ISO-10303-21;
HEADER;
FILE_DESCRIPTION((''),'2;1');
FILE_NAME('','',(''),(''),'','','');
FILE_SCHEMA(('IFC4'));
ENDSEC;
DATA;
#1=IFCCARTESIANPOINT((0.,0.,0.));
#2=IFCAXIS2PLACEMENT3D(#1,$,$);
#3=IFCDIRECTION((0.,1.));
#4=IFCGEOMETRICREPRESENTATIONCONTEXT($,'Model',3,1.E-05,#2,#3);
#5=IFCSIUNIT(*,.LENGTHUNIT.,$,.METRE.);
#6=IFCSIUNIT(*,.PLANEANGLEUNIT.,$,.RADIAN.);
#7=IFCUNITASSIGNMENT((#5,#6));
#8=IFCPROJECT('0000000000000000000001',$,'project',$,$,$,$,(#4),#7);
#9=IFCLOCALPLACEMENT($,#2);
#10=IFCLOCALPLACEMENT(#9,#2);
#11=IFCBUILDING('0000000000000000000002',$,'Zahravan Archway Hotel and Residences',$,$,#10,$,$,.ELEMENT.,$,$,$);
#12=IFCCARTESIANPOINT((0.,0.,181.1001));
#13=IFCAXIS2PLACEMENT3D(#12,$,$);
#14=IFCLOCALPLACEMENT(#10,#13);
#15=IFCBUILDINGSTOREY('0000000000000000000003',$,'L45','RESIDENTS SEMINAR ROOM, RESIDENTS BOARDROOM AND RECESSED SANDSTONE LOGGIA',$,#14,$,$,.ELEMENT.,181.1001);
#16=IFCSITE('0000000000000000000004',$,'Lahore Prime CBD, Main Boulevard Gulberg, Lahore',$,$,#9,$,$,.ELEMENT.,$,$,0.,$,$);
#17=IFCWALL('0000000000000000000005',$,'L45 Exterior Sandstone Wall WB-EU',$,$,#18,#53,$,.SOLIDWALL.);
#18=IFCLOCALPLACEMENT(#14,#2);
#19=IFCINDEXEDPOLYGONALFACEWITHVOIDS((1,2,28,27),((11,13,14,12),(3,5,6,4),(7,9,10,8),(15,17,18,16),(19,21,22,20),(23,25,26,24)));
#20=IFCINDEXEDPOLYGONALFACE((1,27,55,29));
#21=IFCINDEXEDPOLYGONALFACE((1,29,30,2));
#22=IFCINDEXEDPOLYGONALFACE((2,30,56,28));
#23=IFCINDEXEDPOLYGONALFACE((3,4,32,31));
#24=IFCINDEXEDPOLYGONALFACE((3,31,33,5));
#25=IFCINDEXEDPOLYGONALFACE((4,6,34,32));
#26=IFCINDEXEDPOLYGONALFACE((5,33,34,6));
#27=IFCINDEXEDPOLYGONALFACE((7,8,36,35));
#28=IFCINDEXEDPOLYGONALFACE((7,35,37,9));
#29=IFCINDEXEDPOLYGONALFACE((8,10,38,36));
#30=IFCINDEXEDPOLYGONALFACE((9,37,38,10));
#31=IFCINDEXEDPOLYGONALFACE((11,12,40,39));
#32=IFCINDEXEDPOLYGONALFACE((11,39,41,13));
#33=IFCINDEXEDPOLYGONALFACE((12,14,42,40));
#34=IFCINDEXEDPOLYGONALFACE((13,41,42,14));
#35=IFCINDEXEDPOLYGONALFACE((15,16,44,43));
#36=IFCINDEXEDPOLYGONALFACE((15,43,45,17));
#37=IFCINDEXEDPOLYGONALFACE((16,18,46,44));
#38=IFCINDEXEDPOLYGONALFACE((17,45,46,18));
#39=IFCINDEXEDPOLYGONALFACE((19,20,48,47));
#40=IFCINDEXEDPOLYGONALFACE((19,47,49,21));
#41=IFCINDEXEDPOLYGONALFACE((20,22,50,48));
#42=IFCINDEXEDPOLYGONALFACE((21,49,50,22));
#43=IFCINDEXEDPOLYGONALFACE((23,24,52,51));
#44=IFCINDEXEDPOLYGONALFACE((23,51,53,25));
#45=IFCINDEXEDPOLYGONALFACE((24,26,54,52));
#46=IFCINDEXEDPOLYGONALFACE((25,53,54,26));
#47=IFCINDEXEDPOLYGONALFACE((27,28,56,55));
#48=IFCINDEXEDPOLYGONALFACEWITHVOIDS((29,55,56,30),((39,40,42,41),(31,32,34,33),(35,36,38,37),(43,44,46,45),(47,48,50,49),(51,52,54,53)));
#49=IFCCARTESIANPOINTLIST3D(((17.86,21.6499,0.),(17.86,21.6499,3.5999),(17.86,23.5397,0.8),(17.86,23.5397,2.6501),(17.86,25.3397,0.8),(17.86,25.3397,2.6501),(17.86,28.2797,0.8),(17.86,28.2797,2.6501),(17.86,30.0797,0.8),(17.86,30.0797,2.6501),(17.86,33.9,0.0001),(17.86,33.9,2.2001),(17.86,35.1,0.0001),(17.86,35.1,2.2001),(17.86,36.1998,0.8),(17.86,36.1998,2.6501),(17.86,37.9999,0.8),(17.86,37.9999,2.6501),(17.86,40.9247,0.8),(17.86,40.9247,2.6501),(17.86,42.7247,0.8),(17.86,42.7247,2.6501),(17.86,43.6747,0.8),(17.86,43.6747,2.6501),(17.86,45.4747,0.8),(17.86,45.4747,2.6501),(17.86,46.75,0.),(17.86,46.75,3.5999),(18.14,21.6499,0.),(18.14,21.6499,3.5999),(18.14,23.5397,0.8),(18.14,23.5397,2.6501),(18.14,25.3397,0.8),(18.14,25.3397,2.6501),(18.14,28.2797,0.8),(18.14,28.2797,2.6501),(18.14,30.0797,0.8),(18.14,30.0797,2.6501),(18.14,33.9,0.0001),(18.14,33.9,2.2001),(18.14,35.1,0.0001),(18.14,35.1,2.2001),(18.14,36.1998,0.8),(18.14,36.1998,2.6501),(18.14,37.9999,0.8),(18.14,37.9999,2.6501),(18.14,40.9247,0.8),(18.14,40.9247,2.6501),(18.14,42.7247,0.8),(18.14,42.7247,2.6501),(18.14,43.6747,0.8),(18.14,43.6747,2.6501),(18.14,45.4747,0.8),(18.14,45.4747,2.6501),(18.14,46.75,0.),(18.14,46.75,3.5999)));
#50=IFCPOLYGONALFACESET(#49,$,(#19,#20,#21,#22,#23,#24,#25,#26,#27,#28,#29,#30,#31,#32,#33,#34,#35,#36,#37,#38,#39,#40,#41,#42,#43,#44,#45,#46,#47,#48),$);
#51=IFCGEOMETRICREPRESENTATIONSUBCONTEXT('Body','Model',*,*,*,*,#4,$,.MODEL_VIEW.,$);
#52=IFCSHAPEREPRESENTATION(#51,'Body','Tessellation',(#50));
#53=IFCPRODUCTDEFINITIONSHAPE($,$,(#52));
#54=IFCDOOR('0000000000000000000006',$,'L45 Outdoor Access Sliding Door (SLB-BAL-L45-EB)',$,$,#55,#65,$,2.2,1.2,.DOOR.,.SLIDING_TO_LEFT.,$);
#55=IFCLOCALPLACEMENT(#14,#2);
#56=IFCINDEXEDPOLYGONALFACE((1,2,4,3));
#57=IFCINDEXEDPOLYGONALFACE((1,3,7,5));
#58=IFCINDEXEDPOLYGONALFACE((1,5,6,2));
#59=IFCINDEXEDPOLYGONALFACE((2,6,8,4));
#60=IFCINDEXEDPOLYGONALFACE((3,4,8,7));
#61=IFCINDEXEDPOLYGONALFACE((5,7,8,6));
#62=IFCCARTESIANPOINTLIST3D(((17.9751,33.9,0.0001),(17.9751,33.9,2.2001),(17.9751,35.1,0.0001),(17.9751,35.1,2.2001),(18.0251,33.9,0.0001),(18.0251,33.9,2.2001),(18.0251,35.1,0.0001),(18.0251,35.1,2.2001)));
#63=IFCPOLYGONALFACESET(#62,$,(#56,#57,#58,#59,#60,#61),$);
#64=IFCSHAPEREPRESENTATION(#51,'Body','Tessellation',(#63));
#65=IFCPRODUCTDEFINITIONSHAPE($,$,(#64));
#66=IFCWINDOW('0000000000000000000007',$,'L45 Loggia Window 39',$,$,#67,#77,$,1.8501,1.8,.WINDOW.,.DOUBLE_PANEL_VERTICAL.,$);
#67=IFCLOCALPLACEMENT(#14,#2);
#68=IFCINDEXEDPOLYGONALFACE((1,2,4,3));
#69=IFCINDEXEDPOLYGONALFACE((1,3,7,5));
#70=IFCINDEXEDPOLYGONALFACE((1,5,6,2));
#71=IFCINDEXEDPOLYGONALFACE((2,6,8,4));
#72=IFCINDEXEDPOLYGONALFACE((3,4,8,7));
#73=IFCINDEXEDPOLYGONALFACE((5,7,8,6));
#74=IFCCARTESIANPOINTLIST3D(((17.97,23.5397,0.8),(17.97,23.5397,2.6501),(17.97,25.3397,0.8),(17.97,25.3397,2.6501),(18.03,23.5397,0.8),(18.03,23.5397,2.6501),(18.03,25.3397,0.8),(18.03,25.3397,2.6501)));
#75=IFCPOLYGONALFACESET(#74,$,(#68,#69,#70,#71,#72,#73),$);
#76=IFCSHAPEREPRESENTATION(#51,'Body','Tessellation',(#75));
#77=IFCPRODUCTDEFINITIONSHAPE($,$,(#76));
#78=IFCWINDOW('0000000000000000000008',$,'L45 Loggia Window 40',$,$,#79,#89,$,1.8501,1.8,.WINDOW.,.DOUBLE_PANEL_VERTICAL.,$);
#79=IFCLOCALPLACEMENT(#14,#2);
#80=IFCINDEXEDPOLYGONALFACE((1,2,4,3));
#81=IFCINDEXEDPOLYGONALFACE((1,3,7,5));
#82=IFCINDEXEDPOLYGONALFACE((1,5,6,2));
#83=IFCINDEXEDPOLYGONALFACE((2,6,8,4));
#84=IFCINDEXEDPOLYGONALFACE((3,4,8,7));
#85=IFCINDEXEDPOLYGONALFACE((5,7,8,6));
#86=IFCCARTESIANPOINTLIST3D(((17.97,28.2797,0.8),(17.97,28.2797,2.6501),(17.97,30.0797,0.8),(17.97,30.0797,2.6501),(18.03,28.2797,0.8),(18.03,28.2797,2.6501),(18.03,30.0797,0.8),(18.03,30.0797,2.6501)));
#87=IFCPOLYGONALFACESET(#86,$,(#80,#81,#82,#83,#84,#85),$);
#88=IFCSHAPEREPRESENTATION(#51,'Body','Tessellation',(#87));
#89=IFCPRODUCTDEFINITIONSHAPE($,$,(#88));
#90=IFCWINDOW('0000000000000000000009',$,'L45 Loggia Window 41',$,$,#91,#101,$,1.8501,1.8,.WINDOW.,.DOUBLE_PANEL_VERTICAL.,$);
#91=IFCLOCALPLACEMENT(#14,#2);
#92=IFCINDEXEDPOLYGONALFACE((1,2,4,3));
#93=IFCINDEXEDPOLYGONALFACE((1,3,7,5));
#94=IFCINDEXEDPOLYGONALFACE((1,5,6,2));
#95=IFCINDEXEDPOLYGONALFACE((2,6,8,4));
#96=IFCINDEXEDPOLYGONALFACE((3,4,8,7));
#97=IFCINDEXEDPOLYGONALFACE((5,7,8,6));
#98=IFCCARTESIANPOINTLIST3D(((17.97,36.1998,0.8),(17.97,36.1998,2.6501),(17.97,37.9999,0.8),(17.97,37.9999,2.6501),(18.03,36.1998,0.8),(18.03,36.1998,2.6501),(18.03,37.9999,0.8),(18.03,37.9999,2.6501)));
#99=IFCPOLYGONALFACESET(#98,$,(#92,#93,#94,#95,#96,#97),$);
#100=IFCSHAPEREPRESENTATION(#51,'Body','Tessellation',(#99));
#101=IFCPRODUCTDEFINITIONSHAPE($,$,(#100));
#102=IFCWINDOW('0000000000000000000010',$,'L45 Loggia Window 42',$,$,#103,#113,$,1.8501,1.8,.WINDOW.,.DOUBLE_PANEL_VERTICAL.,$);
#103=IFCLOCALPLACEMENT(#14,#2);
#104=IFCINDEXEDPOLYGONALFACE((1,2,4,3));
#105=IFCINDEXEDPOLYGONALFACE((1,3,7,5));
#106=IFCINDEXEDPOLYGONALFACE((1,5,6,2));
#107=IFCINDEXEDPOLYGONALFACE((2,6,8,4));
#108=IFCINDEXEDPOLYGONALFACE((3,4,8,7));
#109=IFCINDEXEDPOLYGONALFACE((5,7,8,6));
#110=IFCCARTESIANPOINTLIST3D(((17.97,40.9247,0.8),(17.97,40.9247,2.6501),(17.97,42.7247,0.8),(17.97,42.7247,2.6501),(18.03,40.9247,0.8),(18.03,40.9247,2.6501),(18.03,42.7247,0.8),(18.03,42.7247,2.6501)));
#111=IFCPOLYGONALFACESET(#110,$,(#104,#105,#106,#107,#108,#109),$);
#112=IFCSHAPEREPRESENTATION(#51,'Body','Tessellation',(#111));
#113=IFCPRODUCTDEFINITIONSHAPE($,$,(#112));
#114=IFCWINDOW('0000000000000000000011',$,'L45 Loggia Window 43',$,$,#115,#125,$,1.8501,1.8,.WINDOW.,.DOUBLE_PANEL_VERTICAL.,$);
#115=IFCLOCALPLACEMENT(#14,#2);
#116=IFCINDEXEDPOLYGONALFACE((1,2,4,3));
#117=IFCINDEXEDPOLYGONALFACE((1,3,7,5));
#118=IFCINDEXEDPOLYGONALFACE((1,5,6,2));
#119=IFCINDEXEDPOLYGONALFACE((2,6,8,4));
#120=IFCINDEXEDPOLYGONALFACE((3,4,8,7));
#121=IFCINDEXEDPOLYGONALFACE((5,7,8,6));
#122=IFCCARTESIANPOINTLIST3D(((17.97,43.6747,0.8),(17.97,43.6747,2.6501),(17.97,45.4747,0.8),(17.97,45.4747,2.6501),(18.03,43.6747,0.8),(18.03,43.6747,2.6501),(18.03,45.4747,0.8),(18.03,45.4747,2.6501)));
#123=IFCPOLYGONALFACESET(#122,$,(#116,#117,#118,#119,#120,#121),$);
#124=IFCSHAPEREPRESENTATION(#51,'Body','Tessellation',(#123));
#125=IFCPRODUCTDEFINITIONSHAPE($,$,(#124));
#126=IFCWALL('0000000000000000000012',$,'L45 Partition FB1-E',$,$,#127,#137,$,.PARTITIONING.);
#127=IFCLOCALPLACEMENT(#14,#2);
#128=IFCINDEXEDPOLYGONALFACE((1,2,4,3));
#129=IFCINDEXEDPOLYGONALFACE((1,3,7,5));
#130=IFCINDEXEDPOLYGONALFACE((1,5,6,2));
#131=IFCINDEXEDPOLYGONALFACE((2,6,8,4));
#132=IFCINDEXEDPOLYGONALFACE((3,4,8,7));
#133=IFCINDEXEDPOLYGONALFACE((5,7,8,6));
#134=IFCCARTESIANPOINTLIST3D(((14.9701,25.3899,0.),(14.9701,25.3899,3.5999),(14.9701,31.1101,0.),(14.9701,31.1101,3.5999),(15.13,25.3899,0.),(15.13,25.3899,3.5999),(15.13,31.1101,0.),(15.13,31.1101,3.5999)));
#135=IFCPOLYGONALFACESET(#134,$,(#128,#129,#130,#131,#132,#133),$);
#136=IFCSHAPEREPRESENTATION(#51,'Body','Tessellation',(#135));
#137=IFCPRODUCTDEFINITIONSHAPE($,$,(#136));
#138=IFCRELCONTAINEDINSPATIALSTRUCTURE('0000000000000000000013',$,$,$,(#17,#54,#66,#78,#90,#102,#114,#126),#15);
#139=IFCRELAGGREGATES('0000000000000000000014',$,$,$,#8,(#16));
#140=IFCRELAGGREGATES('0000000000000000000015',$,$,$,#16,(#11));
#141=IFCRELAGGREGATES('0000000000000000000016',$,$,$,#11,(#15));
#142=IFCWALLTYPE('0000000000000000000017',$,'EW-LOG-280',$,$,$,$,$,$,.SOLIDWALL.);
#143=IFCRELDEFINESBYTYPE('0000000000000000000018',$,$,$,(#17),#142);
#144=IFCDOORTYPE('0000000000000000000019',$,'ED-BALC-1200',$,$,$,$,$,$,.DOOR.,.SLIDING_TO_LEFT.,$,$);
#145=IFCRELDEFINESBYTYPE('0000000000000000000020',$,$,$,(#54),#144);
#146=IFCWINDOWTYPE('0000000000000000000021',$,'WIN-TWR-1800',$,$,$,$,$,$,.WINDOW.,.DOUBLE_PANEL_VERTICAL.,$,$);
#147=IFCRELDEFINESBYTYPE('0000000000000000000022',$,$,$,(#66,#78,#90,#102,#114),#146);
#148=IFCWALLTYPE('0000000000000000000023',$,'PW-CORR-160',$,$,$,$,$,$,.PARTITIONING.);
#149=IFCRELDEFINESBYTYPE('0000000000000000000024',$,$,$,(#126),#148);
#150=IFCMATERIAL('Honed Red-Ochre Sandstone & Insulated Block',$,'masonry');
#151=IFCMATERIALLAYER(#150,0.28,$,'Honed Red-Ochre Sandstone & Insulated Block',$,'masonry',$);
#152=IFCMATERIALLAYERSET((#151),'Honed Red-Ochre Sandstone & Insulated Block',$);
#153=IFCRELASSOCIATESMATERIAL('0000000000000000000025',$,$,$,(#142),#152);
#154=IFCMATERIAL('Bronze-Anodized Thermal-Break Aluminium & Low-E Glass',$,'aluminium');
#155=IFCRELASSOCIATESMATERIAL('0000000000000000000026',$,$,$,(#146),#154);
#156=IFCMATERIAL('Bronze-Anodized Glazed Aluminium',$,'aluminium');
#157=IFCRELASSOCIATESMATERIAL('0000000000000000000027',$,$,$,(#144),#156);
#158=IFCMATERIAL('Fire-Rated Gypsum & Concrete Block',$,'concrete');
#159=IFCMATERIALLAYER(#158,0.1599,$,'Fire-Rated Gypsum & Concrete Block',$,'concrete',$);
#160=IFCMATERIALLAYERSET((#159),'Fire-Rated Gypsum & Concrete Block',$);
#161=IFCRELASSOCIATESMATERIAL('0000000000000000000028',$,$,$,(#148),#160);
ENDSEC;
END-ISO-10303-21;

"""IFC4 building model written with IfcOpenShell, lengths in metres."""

from ifc_helpers import new_model, si_unit, direction, frame, frame_2d, origin, place, context, subcontext, project, spatial, rectangle, extrude, source, transform, mapped, material, layer, layer_set, type_object, type_shapes, element, fill, save


model = new_model("IFC4")

# Units and contexts
model_context = context("Model", 3, precision=1e-05, world=origin(), true_north=direction((0.0, 1.0)))
body_context = subcontext(model_context, "Body", "Model", "MODEL_VIEW")
ifc_project = project(units=[si_unit("LENGTHUNIT", "METRE"), si_unit("PLANEANGLEUNIT", "RADIAN")], contexts=[model_context])

# Site, building, storey
site_placement = place(None, origin())
site = spatial("IfcSite", under=ifc_project, at=site_placement, Name="Lahore Prime CBD, Main Boulevard Gulberg, Lahore", CompositionType="ELEMENT", RefElevation=0.0)
building_placement = place(site_placement, origin())
building = spatial("IfcBuilding", under=site, at=building_placement, Name="Zahravan Archway Hotel and Residences", CompositionType="ELEMENT")
storey_placement = place(building_placement, frame((0.0, 0.0, 181.1001)))
storey = spatial("IfcBuildingStorey", under=building, at=storey_placement, Name="L45", Description="RESIDENTS SEMINAR ROOM, RESIDENTS BOARDROOM AND RECESSED SANDSTONE LOGGIA", CompositionType="ELEMENT", Elevation=181.1001)

# Shared definitions
ifc_material_1 = material(Name="Honed Red-Ochre Sandstone & Insulated Block", Category="masonry")
ifc_layer_1 = layer(ifc_material_1, 0.28, Name="Honed Red-Ochre Sandstone & Insulated Block", Category="masonry")
ifc_layer_set_1 = layer_set([ifc_layer_1], Name="Honed Red-Ochre Sandstone & Insulated Block")
wall_type_1 = type_object("IfcWallType", Name="EW-LOG-280", PredefinedType="SOLIDWALL", material=ifc_layer_set_1)
ifc_material_2 = material(Name="Bronze-Anodized Thermal-Break Aluminium & Low-E Glass", Category="aluminium")
window_type_1 = type_object("IfcWindowType", Name="WIN-TWR-1800", PartitioningType="DOUBLE_PANEL_VERTICAL", PredefinedType="WINDOW", material=ifc_material_2)
shared_shape_1 = source(origin(), body_context, "Body", "SweptSolid", [
    extrude(rectangle(XDim=1.8, YDim=1.8501, at=frame_2d((0.8999, 0.925))), frame((0.0, 0.03, 0.0), z_axis=(0.0, -1.0, 0.0), x_axis=(1.0, 0.0, 0.0)), (0.0, 0.0, 1.0), 0.0601),
])
type_shapes(window_type_1, [shared_shape_1])

# Wall, openings, door, windows
wall_1_placement = place(storey_placement, frame((18.0, 21.6499, 0.0), z_axis=(0.0, 0.0, 1.0), x_axis=(0.0, 1.0, 0.0)))
wall_1 = element("IfcWall", 1, at=wall_1_placement, inside=storey, type_object=wall_type_1, Name="L45 Exterior Sandstone Wall WB-EU", PredefinedType="SOLIDWALL", context=body_context, shape_type="SweptSolid", body=[
    extrude(rectangle(XDim=25.1001, YDim=0.28, at=frame_2d((12.55, 0.0))), origin(), (0.0, 0.0, 1.0), 3.5999),
])
opening_1_placement = place(wall_1_placement, frame((12.25, 0.0, 0.0)))
opening_1 = element("IfcOpeningElement", 2, at=opening_1_placement, cuts=wall_1, PredefinedType="OPENING", context=body_context, shape_type="SweptSolid", body=[
    extrude(rectangle(XDim=1.2, YDim=2.2, at=frame_2d((0.6001, 1.1001))), frame((0.0, 0.1499, 0.0), z_axis=(0.0, -1.0, 0.0), x_axis=(1.0, 0.0, 0.0)), (0.0, 0.0, 1.0), 0.3),
])
opening_2_placement = place(wall_1_placement, frame((1.8899, 0.0, 0.8)))
opening_2 = element("IfcOpeningElement", 3, at=opening_2_placement, cuts=wall_1, PredefinedType="OPENING", context=body_context, shape_type="SweptSolid", body=[
    extrude(rectangle(XDim=1.8, YDim=1.8501, at=frame_2d((0.8999, 0.925))), frame((0.0, 0.1499, 0.0), z_axis=(0.0, -1.0, 0.0), x_axis=(1.0, 0.0, 0.0)), (0.0, 0.0, 1.0), 0.3),
])
opening_3_placement = place(wall_1_placement, frame((6.6299, 0.0, 0.8)))
opening_3 = element("IfcOpeningElement", 4, at=opening_3_placement, cuts=wall_1, PredefinedType="OPENING", context=body_context, shape_type="SweptSolid", body=[
    extrude(rectangle(XDim=1.8, YDim=1.8501, at=frame_2d((0.8999, 0.925))), frame((0.0, 0.1499, 0.0), z_axis=(0.0, -1.0, 0.0), x_axis=(1.0, 0.0, 0.0)), (0.0, 0.0, 1.0), 0.3),
])
opening_4_placement = place(wall_1_placement, frame((14.55, 0.0, 0.8)))
opening_4 = element("IfcOpeningElement", 5, at=opening_4_placement, cuts=wall_1, PredefinedType="OPENING", context=body_context, shape_type="SweptSolid", body=[
    extrude(rectangle(XDim=1.8, YDim=1.8501, at=frame_2d((0.8999, 0.925))), frame((0.0, 0.1499, 0.0), z_axis=(0.0, -1.0, 0.0), x_axis=(1.0, 0.0, 0.0)), (0.0, 0.0, 1.0), 0.3),
])
opening_5_placement = place(wall_1_placement, frame((19.2749, 0.0, 0.8)))
opening_5 = element("IfcOpeningElement", 6, at=opening_5_placement, cuts=wall_1, PredefinedType="OPENING", context=body_context, shape_type="SweptSolid", body=[
    extrude(rectangle(XDim=1.8, YDim=1.8501, at=frame_2d((0.8999, 0.925))), frame((0.0, 0.1499, 0.0), z_axis=(0.0, -1.0, 0.0), x_axis=(1.0, 0.0, 0.0)), (0.0, 0.0, 1.0), 0.3),
])
opening_6_placement = place(wall_1_placement, frame((22.0249, 0.0, 0.8)))
opening_6 = element("IfcOpeningElement", 7, at=opening_6_placement, cuts=wall_1, PredefinedType="OPENING", context=body_context, shape_type="SweptSolid", body=[
    extrude(rectangle(XDim=1.8, YDim=1.8501, at=frame_2d((0.8999, 0.925))), frame((0.0, 0.1499, 0.0), z_axis=(0.0, -1.0, 0.0), x_axis=(1.0, 0.0, 0.0)), (0.0, 0.0, 1.0), 0.3),
])
ifc_material_3 = material(Name="Bronze-Anodized Glazed Aluminium", Category="aluminium")
door_type = type_object("IfcDoorType", Name="ED-BALC-1200", OperationType="SLIDING_TO_LEFT", PredefinedType="DOOR", material=ifc_material_3)
shared_shape_2 = source(origin(), body_context, "Body", "SweptSolid", [
    extrude(rectangle(XDim=1.2, YDim=2.2, at=frame_2d((0.6001, 1.1001))), frame((0.0, 0.0249, 0.0), z_axis=(0.0, -1.0, 0.0), x_axis=(1.0, 0.0, 0.0)), (0.0, 0.0, 1.0), 0.05),
])
type_shapes(door_type, [shared_shape_2])
door_placement = place(opening_1_placement, origin())
door = element("IfcDoor", 8, at=door_placement, inside=storey, type_object=door_type, Name="L45 Outdoor Access Sliding Door (SLB-BAL-L45-EB)", OperationType="SLIDING_TO_LEFT", OverallHeight=2.2, OverallWidth=1.2, PredefinedType="DOOR", context=body_context, shape_type="MappedRepresentation", body=[
    mapped(shared_shape_2, transform((0.0, 0.0, 0.0), scale=1.0)),
])
fill(opening_1, door)
window_1_placement = place(opening_2_placement, origin())
window_1 = element("IfcWindow", 9, at=window_1_placement, inside=storey, type_object=window_type_1, Name="L45 Loggia Window 39", OverallHeight=1.8501, OverallWidth=1.8, PartitioningType="DOUBLE_PANEL_VERTICAL", PredefinedType="WINDOW", context=body_context, shape_type="MappedRepresentation", body=[
    mapped(shared_shape_1, transform((0.0, 0.0, 0.0), scale=1.0)),
])
fill(opening_2, window_1)
window_2_placement = place(opening_3_placement, origin())
window_2 = element("IfcWindow", 10, at=window_2_placement, inside=storey, type_object=window_type_1, Name="L45 Loggia Window 40", OverallHeight=1.8501, OverallWidth=1.8, PartitioningType="DOUBLE_PANEL_VERTICAL", PredefinedType="WINDOW", context=body_context, shape_type="MappedRepresentation", body=[
    mapped(shared_shape_1, transform((0.0, 0.0, 0.0), scale=1.0)),
])
fill(opening_3, window_2)
window_3_placement = place(opening_4_placement, origin())
window_3 = element("IfcWindow", 11, at=window_3_placement, inside=storey, type_object=window_type_1, Name="L45 Loggia Window 41", OverallHeight=1.8501, OverallWidth=1.8, PartitioningType="DOUBLE_PANEL_VERTICAL", PredefinedType="WINDOW", context=body_context, shape_type="MappedRepresentation", body=[
    mapped(shared_shape_1, transform((0.0, 0.0, 0.0), scale=1.0)),
])
fill(opening_4, window_3)
window_4_placement = place(opening_5_placement, origin())
window_4 = element("IfcWindow", 12, at=window_4_placement, inside=storey, type_object=window_type_1, Name="L45 Loggia Window 42", OverallHeight=1.8501, OverallWidth=1.8, PartitioningType="DOUBLE_PANEL_VERTICAL", PredefinedType="WINDOW", context=body_context, shape_type="MappedRepresentation", body=[
    mapped(shared_shape_1, transform((0.0, 0.0, 0.0), scale=1.0)),
])
fill(opening_5, window_4)
window_5_placement = place(opening_6_placement, origin())
window_5 = element("IfcWindow", 13, at=window_5_placement, inside=storey, type_object=window_type_1, Name="L45 Loggia Window 43", OverallHeight=1.8501, OverallWidth=1.8, PartitioningType="DOUBLE_PANEL_VERTICAL", PredefinedType="WINDOW", context=body_context, shape_type="MappedRepresentation", body=[
    mapped(shared_shape_1, transform((0.0, 0.0, 0.0), scale=1.0)),
])
fill(opening_6, window_5)

# Wall
ifc_material_4 = material(Name="Fire-Rated Gypsum & Concrete Block", Category="concrete")
ifc_layer_2 = layer(ifc_material_4, 0.1599, Name="Fire-Rated Gypsum & Concrete Block", Category="concrete")
ifc_layer_set_2 = layer_set([ifc_layer_2], Name="Fire-Rated Gypsum & Concrete Block")
wall_type_2 = type_object("IfcWallType", Name="PW-CORR-160", PredefinedType="PARTITIONING", material=ifc_layer_set_2)
wall_2_placement = place(storey_placement, frame((15.05, 25.3899, 0.0), z_axis=(0.0, 0.0, 1.0), x_axis=(0.0, 1.0, 0.0)))
element("IfcWall", 14, at=wall_2_placement, inside=storey, type_object=wall_type_2, Name="L45 Partition FB1-E", PredefinedType="PARTITIONING", context=body_context, shape_type="SweptSolid", body=[
    extrude(rectangle(XDim=5.7202, YDim=0.1599, at=frame_2d((2.8601, 0.0))), origin(), (0.0, 0.0, 1.0), 3.5999),
])

save(model, "model.ifc")
